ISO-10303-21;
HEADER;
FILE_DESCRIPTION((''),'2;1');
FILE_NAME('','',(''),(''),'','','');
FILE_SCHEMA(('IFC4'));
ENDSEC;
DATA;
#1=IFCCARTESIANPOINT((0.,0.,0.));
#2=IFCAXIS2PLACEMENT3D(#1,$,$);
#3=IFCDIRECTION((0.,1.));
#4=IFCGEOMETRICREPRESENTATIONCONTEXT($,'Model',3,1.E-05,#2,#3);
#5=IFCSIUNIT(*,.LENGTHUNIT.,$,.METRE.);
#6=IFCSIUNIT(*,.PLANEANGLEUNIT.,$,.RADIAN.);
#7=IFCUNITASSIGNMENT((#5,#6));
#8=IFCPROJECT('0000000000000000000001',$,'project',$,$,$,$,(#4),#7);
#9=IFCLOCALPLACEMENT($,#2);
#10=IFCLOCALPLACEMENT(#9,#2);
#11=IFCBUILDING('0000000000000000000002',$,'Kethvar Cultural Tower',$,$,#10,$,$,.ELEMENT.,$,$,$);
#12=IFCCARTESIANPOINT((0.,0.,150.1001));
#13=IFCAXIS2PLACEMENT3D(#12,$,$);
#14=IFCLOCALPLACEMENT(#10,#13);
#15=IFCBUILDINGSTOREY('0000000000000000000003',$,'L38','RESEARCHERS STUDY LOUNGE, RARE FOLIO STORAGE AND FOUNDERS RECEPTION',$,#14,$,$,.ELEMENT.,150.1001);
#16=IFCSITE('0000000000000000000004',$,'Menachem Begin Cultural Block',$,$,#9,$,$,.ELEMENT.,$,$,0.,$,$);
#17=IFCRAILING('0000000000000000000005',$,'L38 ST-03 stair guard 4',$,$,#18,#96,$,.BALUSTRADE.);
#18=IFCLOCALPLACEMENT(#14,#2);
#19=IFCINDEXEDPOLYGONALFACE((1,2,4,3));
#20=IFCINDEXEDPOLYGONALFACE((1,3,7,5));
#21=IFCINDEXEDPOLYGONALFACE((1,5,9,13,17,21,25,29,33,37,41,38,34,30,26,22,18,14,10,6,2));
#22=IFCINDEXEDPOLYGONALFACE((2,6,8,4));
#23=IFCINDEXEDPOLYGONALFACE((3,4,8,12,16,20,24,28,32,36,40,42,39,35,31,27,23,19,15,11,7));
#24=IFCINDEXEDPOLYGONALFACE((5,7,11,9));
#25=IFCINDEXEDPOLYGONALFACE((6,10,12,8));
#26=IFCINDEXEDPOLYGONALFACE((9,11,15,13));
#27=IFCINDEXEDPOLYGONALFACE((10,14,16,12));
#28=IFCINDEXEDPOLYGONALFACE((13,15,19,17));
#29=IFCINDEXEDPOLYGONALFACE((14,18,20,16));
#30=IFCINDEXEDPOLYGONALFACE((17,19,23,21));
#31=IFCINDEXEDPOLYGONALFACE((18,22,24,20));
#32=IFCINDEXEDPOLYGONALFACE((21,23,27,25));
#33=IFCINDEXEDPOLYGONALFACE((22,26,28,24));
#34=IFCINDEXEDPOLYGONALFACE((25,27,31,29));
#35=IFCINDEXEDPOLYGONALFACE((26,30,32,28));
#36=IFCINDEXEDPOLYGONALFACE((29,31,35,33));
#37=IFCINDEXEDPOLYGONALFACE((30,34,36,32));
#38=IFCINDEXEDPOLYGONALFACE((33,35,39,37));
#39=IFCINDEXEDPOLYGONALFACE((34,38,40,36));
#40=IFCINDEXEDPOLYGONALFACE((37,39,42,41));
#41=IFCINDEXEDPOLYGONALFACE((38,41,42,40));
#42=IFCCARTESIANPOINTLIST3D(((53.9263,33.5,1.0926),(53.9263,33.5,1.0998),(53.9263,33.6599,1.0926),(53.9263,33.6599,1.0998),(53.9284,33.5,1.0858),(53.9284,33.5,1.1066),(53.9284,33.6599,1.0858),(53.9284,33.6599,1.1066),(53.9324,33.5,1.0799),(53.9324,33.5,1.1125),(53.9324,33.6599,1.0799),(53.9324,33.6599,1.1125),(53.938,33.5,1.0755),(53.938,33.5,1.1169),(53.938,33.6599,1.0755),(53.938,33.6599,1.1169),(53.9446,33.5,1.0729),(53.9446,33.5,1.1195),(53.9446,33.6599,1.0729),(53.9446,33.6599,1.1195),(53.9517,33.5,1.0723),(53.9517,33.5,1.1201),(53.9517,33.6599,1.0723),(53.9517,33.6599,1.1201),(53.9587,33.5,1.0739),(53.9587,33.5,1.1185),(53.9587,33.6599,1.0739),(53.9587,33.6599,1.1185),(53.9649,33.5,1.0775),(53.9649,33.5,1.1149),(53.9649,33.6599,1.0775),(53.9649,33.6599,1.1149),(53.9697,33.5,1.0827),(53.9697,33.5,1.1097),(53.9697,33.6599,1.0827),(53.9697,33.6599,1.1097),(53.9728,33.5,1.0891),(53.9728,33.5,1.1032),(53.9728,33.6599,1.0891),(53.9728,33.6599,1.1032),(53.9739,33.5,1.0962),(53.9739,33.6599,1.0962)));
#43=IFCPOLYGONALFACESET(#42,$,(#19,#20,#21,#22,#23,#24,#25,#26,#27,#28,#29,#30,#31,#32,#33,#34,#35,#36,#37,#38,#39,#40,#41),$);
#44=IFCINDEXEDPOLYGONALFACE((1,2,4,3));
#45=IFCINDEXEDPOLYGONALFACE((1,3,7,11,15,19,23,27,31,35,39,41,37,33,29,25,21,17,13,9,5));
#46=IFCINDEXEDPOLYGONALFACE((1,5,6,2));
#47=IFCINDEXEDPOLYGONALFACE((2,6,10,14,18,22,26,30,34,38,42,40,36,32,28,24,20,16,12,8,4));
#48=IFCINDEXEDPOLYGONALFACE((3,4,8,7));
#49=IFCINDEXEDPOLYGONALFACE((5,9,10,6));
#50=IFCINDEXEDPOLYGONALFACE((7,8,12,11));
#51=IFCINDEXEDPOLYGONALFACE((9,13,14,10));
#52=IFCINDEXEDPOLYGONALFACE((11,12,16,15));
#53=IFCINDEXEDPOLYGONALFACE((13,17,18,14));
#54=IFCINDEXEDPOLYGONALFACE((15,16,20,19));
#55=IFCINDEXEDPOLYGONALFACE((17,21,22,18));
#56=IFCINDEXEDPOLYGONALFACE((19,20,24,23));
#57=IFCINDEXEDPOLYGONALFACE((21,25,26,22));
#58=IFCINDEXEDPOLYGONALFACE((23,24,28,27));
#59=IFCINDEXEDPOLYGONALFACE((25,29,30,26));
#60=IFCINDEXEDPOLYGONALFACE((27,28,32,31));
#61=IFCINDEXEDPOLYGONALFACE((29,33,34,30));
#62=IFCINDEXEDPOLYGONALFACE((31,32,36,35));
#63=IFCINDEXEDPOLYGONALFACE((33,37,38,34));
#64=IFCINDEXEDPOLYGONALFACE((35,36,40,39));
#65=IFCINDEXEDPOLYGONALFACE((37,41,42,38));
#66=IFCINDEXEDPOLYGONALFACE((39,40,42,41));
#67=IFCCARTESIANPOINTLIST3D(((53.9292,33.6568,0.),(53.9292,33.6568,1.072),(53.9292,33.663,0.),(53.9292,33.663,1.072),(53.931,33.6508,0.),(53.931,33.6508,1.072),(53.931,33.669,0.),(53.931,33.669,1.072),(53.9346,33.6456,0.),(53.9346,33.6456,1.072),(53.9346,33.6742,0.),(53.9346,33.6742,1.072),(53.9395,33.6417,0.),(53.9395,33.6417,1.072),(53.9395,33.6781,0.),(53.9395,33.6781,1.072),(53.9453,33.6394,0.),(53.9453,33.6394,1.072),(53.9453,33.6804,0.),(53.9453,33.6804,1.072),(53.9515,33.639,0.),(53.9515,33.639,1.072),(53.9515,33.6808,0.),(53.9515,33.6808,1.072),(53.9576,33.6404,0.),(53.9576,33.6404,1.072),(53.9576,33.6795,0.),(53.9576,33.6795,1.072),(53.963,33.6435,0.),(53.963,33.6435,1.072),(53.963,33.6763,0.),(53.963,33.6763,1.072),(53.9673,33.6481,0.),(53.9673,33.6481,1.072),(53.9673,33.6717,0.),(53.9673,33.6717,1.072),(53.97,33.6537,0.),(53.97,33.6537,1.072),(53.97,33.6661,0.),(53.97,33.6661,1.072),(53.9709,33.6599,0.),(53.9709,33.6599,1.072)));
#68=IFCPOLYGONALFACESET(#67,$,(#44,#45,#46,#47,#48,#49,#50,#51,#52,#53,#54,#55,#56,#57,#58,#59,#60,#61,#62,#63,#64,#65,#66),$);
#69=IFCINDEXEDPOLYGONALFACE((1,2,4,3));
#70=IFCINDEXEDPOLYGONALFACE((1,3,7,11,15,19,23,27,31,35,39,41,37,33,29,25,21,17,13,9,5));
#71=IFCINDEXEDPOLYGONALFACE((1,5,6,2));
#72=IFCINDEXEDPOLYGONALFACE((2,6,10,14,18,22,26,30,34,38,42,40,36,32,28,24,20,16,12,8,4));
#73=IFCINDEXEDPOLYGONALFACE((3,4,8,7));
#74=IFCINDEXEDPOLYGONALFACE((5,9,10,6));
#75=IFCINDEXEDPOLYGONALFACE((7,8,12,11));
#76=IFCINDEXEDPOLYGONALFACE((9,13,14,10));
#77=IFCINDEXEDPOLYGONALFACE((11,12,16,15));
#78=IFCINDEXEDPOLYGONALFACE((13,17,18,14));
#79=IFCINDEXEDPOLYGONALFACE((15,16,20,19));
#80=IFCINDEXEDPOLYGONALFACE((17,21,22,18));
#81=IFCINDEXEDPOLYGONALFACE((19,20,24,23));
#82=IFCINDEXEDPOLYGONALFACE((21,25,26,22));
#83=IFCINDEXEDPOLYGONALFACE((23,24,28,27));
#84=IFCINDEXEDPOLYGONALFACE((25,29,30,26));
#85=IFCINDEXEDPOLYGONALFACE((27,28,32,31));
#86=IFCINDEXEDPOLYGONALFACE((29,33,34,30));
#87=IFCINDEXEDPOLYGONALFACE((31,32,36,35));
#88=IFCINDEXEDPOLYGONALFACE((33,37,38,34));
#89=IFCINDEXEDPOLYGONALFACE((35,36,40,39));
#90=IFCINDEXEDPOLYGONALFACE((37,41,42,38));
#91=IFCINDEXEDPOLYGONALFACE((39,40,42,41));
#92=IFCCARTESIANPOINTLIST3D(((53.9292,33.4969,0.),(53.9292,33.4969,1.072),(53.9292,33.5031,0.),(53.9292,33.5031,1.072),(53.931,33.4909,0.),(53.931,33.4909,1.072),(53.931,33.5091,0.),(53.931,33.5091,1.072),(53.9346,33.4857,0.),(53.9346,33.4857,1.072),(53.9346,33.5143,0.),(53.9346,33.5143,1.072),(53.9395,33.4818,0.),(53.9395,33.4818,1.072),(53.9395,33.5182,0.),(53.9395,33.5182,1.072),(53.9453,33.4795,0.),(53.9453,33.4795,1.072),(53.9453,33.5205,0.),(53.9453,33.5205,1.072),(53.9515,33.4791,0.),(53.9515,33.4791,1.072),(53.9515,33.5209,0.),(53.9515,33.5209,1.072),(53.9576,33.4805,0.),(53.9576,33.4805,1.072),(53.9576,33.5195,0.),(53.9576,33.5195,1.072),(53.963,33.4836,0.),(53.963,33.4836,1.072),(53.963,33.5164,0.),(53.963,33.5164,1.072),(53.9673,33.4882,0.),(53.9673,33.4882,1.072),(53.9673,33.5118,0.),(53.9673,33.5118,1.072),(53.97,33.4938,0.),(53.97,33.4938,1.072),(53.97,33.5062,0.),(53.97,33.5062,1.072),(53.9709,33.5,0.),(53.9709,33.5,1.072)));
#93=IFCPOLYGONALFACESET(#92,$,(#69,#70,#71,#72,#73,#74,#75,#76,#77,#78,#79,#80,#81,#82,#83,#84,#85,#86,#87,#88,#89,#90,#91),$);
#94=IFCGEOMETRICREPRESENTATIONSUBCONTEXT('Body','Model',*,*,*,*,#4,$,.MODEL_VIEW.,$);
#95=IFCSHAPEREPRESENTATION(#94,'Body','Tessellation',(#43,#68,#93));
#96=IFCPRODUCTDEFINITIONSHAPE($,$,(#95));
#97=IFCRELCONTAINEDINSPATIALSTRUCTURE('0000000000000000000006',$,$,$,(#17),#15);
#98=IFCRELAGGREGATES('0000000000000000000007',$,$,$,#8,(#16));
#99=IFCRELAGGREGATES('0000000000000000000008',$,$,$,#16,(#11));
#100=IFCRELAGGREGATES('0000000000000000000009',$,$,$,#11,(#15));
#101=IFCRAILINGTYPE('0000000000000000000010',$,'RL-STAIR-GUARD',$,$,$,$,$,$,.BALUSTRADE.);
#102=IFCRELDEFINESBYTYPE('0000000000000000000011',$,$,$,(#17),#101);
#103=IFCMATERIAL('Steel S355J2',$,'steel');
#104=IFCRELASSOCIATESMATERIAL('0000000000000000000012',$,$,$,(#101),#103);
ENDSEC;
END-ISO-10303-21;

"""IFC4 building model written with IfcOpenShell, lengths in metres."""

from ifc_helpers import new_model, si_unit, direction, frame, origin, origin_2d, place, context, subcontext, project, spatial, circle, extrude, material, type_object, element, save


model = new_model("IFC4")

# Units and contexts
model_context = context("Model", 3, precision=1e-05, world=origin(), true_north=direction((0.0, 1.0)))
body_context = subcontext(model_context, "Body", "Model", "MODEL_VIEW")
ifc_project = project(units=[si_unit("LENGTHUNIT", "METRE"), si_unit("PLANEANGLEUNIT", "RADIAN")], contexts=[model_context])

# Site, building, storey
site_placement = place(None, origin())
site = spatial("IfcSite", under=ifc_project, at=site_placement, Name="Menachem Begin Cultural Block", CompositionType="ELEMENT", RefElevation=0.0)
building_placement = place(site_placement, origin())
building = spatial("IfcBuilding", under=site, at=building_placement, Name="Kethvar Cultural Tower", CompositionType="ELEMENT")
storey_placement = place(building_placement, frame((0.0, 0.0, 150.1001)))
storey = spatial("IfcBuildingStorey", under=building, at=storey_placement, Name="L38", Description="RESEARCHERS STUDY LOUNGE, RARE FOLIO STORAGE AND FOUNDERS RECEPTION", CompositionType="ELEMENT", Elevation=150.1001)

# Shared definitions
ifc_material_1 = material(Name="Steel S355J2", Category="steel")

# Railing
railing_type_1 = type_object("IfcRailingType", Name="RL-STAIR-GUARD", PredefinedType="BALUSTRADE", material=ifc_material_1)
railing_1_placement = place(storey_placement, frame((53.95, 33.6599, 0.0)))
element("IfcRailing", 1, at=railing_1_placement, inside=storey, type_object=railing_type_1, Name="L38 ST-03 stair guard 4", PredefinedType="BALUSTRADE", context=body_context, shape_type="SweptSolid", body=[
    extrude(circle(Radius=0.0239, at=origin_2d()), frame((0.0, 0.0, 1.0962), z_axis=(0.0, -1.0, 0.0), x_axis=(1.0, 0.0, 0.0)), (0.0, 0.0, 1.0), 0.1599),
    extrude(circle(Radius=0.021, at=origin_2d()), origin(), (0.0, 0.0, 1.0), 1.072),
    extrude(circle(Radius=0.021, at=origin_2d()), frame((0.0, -0.1599, 0.0)), (0.0, 0.0, 1.0), 1.072),
])

save(model, "model.ifc")
